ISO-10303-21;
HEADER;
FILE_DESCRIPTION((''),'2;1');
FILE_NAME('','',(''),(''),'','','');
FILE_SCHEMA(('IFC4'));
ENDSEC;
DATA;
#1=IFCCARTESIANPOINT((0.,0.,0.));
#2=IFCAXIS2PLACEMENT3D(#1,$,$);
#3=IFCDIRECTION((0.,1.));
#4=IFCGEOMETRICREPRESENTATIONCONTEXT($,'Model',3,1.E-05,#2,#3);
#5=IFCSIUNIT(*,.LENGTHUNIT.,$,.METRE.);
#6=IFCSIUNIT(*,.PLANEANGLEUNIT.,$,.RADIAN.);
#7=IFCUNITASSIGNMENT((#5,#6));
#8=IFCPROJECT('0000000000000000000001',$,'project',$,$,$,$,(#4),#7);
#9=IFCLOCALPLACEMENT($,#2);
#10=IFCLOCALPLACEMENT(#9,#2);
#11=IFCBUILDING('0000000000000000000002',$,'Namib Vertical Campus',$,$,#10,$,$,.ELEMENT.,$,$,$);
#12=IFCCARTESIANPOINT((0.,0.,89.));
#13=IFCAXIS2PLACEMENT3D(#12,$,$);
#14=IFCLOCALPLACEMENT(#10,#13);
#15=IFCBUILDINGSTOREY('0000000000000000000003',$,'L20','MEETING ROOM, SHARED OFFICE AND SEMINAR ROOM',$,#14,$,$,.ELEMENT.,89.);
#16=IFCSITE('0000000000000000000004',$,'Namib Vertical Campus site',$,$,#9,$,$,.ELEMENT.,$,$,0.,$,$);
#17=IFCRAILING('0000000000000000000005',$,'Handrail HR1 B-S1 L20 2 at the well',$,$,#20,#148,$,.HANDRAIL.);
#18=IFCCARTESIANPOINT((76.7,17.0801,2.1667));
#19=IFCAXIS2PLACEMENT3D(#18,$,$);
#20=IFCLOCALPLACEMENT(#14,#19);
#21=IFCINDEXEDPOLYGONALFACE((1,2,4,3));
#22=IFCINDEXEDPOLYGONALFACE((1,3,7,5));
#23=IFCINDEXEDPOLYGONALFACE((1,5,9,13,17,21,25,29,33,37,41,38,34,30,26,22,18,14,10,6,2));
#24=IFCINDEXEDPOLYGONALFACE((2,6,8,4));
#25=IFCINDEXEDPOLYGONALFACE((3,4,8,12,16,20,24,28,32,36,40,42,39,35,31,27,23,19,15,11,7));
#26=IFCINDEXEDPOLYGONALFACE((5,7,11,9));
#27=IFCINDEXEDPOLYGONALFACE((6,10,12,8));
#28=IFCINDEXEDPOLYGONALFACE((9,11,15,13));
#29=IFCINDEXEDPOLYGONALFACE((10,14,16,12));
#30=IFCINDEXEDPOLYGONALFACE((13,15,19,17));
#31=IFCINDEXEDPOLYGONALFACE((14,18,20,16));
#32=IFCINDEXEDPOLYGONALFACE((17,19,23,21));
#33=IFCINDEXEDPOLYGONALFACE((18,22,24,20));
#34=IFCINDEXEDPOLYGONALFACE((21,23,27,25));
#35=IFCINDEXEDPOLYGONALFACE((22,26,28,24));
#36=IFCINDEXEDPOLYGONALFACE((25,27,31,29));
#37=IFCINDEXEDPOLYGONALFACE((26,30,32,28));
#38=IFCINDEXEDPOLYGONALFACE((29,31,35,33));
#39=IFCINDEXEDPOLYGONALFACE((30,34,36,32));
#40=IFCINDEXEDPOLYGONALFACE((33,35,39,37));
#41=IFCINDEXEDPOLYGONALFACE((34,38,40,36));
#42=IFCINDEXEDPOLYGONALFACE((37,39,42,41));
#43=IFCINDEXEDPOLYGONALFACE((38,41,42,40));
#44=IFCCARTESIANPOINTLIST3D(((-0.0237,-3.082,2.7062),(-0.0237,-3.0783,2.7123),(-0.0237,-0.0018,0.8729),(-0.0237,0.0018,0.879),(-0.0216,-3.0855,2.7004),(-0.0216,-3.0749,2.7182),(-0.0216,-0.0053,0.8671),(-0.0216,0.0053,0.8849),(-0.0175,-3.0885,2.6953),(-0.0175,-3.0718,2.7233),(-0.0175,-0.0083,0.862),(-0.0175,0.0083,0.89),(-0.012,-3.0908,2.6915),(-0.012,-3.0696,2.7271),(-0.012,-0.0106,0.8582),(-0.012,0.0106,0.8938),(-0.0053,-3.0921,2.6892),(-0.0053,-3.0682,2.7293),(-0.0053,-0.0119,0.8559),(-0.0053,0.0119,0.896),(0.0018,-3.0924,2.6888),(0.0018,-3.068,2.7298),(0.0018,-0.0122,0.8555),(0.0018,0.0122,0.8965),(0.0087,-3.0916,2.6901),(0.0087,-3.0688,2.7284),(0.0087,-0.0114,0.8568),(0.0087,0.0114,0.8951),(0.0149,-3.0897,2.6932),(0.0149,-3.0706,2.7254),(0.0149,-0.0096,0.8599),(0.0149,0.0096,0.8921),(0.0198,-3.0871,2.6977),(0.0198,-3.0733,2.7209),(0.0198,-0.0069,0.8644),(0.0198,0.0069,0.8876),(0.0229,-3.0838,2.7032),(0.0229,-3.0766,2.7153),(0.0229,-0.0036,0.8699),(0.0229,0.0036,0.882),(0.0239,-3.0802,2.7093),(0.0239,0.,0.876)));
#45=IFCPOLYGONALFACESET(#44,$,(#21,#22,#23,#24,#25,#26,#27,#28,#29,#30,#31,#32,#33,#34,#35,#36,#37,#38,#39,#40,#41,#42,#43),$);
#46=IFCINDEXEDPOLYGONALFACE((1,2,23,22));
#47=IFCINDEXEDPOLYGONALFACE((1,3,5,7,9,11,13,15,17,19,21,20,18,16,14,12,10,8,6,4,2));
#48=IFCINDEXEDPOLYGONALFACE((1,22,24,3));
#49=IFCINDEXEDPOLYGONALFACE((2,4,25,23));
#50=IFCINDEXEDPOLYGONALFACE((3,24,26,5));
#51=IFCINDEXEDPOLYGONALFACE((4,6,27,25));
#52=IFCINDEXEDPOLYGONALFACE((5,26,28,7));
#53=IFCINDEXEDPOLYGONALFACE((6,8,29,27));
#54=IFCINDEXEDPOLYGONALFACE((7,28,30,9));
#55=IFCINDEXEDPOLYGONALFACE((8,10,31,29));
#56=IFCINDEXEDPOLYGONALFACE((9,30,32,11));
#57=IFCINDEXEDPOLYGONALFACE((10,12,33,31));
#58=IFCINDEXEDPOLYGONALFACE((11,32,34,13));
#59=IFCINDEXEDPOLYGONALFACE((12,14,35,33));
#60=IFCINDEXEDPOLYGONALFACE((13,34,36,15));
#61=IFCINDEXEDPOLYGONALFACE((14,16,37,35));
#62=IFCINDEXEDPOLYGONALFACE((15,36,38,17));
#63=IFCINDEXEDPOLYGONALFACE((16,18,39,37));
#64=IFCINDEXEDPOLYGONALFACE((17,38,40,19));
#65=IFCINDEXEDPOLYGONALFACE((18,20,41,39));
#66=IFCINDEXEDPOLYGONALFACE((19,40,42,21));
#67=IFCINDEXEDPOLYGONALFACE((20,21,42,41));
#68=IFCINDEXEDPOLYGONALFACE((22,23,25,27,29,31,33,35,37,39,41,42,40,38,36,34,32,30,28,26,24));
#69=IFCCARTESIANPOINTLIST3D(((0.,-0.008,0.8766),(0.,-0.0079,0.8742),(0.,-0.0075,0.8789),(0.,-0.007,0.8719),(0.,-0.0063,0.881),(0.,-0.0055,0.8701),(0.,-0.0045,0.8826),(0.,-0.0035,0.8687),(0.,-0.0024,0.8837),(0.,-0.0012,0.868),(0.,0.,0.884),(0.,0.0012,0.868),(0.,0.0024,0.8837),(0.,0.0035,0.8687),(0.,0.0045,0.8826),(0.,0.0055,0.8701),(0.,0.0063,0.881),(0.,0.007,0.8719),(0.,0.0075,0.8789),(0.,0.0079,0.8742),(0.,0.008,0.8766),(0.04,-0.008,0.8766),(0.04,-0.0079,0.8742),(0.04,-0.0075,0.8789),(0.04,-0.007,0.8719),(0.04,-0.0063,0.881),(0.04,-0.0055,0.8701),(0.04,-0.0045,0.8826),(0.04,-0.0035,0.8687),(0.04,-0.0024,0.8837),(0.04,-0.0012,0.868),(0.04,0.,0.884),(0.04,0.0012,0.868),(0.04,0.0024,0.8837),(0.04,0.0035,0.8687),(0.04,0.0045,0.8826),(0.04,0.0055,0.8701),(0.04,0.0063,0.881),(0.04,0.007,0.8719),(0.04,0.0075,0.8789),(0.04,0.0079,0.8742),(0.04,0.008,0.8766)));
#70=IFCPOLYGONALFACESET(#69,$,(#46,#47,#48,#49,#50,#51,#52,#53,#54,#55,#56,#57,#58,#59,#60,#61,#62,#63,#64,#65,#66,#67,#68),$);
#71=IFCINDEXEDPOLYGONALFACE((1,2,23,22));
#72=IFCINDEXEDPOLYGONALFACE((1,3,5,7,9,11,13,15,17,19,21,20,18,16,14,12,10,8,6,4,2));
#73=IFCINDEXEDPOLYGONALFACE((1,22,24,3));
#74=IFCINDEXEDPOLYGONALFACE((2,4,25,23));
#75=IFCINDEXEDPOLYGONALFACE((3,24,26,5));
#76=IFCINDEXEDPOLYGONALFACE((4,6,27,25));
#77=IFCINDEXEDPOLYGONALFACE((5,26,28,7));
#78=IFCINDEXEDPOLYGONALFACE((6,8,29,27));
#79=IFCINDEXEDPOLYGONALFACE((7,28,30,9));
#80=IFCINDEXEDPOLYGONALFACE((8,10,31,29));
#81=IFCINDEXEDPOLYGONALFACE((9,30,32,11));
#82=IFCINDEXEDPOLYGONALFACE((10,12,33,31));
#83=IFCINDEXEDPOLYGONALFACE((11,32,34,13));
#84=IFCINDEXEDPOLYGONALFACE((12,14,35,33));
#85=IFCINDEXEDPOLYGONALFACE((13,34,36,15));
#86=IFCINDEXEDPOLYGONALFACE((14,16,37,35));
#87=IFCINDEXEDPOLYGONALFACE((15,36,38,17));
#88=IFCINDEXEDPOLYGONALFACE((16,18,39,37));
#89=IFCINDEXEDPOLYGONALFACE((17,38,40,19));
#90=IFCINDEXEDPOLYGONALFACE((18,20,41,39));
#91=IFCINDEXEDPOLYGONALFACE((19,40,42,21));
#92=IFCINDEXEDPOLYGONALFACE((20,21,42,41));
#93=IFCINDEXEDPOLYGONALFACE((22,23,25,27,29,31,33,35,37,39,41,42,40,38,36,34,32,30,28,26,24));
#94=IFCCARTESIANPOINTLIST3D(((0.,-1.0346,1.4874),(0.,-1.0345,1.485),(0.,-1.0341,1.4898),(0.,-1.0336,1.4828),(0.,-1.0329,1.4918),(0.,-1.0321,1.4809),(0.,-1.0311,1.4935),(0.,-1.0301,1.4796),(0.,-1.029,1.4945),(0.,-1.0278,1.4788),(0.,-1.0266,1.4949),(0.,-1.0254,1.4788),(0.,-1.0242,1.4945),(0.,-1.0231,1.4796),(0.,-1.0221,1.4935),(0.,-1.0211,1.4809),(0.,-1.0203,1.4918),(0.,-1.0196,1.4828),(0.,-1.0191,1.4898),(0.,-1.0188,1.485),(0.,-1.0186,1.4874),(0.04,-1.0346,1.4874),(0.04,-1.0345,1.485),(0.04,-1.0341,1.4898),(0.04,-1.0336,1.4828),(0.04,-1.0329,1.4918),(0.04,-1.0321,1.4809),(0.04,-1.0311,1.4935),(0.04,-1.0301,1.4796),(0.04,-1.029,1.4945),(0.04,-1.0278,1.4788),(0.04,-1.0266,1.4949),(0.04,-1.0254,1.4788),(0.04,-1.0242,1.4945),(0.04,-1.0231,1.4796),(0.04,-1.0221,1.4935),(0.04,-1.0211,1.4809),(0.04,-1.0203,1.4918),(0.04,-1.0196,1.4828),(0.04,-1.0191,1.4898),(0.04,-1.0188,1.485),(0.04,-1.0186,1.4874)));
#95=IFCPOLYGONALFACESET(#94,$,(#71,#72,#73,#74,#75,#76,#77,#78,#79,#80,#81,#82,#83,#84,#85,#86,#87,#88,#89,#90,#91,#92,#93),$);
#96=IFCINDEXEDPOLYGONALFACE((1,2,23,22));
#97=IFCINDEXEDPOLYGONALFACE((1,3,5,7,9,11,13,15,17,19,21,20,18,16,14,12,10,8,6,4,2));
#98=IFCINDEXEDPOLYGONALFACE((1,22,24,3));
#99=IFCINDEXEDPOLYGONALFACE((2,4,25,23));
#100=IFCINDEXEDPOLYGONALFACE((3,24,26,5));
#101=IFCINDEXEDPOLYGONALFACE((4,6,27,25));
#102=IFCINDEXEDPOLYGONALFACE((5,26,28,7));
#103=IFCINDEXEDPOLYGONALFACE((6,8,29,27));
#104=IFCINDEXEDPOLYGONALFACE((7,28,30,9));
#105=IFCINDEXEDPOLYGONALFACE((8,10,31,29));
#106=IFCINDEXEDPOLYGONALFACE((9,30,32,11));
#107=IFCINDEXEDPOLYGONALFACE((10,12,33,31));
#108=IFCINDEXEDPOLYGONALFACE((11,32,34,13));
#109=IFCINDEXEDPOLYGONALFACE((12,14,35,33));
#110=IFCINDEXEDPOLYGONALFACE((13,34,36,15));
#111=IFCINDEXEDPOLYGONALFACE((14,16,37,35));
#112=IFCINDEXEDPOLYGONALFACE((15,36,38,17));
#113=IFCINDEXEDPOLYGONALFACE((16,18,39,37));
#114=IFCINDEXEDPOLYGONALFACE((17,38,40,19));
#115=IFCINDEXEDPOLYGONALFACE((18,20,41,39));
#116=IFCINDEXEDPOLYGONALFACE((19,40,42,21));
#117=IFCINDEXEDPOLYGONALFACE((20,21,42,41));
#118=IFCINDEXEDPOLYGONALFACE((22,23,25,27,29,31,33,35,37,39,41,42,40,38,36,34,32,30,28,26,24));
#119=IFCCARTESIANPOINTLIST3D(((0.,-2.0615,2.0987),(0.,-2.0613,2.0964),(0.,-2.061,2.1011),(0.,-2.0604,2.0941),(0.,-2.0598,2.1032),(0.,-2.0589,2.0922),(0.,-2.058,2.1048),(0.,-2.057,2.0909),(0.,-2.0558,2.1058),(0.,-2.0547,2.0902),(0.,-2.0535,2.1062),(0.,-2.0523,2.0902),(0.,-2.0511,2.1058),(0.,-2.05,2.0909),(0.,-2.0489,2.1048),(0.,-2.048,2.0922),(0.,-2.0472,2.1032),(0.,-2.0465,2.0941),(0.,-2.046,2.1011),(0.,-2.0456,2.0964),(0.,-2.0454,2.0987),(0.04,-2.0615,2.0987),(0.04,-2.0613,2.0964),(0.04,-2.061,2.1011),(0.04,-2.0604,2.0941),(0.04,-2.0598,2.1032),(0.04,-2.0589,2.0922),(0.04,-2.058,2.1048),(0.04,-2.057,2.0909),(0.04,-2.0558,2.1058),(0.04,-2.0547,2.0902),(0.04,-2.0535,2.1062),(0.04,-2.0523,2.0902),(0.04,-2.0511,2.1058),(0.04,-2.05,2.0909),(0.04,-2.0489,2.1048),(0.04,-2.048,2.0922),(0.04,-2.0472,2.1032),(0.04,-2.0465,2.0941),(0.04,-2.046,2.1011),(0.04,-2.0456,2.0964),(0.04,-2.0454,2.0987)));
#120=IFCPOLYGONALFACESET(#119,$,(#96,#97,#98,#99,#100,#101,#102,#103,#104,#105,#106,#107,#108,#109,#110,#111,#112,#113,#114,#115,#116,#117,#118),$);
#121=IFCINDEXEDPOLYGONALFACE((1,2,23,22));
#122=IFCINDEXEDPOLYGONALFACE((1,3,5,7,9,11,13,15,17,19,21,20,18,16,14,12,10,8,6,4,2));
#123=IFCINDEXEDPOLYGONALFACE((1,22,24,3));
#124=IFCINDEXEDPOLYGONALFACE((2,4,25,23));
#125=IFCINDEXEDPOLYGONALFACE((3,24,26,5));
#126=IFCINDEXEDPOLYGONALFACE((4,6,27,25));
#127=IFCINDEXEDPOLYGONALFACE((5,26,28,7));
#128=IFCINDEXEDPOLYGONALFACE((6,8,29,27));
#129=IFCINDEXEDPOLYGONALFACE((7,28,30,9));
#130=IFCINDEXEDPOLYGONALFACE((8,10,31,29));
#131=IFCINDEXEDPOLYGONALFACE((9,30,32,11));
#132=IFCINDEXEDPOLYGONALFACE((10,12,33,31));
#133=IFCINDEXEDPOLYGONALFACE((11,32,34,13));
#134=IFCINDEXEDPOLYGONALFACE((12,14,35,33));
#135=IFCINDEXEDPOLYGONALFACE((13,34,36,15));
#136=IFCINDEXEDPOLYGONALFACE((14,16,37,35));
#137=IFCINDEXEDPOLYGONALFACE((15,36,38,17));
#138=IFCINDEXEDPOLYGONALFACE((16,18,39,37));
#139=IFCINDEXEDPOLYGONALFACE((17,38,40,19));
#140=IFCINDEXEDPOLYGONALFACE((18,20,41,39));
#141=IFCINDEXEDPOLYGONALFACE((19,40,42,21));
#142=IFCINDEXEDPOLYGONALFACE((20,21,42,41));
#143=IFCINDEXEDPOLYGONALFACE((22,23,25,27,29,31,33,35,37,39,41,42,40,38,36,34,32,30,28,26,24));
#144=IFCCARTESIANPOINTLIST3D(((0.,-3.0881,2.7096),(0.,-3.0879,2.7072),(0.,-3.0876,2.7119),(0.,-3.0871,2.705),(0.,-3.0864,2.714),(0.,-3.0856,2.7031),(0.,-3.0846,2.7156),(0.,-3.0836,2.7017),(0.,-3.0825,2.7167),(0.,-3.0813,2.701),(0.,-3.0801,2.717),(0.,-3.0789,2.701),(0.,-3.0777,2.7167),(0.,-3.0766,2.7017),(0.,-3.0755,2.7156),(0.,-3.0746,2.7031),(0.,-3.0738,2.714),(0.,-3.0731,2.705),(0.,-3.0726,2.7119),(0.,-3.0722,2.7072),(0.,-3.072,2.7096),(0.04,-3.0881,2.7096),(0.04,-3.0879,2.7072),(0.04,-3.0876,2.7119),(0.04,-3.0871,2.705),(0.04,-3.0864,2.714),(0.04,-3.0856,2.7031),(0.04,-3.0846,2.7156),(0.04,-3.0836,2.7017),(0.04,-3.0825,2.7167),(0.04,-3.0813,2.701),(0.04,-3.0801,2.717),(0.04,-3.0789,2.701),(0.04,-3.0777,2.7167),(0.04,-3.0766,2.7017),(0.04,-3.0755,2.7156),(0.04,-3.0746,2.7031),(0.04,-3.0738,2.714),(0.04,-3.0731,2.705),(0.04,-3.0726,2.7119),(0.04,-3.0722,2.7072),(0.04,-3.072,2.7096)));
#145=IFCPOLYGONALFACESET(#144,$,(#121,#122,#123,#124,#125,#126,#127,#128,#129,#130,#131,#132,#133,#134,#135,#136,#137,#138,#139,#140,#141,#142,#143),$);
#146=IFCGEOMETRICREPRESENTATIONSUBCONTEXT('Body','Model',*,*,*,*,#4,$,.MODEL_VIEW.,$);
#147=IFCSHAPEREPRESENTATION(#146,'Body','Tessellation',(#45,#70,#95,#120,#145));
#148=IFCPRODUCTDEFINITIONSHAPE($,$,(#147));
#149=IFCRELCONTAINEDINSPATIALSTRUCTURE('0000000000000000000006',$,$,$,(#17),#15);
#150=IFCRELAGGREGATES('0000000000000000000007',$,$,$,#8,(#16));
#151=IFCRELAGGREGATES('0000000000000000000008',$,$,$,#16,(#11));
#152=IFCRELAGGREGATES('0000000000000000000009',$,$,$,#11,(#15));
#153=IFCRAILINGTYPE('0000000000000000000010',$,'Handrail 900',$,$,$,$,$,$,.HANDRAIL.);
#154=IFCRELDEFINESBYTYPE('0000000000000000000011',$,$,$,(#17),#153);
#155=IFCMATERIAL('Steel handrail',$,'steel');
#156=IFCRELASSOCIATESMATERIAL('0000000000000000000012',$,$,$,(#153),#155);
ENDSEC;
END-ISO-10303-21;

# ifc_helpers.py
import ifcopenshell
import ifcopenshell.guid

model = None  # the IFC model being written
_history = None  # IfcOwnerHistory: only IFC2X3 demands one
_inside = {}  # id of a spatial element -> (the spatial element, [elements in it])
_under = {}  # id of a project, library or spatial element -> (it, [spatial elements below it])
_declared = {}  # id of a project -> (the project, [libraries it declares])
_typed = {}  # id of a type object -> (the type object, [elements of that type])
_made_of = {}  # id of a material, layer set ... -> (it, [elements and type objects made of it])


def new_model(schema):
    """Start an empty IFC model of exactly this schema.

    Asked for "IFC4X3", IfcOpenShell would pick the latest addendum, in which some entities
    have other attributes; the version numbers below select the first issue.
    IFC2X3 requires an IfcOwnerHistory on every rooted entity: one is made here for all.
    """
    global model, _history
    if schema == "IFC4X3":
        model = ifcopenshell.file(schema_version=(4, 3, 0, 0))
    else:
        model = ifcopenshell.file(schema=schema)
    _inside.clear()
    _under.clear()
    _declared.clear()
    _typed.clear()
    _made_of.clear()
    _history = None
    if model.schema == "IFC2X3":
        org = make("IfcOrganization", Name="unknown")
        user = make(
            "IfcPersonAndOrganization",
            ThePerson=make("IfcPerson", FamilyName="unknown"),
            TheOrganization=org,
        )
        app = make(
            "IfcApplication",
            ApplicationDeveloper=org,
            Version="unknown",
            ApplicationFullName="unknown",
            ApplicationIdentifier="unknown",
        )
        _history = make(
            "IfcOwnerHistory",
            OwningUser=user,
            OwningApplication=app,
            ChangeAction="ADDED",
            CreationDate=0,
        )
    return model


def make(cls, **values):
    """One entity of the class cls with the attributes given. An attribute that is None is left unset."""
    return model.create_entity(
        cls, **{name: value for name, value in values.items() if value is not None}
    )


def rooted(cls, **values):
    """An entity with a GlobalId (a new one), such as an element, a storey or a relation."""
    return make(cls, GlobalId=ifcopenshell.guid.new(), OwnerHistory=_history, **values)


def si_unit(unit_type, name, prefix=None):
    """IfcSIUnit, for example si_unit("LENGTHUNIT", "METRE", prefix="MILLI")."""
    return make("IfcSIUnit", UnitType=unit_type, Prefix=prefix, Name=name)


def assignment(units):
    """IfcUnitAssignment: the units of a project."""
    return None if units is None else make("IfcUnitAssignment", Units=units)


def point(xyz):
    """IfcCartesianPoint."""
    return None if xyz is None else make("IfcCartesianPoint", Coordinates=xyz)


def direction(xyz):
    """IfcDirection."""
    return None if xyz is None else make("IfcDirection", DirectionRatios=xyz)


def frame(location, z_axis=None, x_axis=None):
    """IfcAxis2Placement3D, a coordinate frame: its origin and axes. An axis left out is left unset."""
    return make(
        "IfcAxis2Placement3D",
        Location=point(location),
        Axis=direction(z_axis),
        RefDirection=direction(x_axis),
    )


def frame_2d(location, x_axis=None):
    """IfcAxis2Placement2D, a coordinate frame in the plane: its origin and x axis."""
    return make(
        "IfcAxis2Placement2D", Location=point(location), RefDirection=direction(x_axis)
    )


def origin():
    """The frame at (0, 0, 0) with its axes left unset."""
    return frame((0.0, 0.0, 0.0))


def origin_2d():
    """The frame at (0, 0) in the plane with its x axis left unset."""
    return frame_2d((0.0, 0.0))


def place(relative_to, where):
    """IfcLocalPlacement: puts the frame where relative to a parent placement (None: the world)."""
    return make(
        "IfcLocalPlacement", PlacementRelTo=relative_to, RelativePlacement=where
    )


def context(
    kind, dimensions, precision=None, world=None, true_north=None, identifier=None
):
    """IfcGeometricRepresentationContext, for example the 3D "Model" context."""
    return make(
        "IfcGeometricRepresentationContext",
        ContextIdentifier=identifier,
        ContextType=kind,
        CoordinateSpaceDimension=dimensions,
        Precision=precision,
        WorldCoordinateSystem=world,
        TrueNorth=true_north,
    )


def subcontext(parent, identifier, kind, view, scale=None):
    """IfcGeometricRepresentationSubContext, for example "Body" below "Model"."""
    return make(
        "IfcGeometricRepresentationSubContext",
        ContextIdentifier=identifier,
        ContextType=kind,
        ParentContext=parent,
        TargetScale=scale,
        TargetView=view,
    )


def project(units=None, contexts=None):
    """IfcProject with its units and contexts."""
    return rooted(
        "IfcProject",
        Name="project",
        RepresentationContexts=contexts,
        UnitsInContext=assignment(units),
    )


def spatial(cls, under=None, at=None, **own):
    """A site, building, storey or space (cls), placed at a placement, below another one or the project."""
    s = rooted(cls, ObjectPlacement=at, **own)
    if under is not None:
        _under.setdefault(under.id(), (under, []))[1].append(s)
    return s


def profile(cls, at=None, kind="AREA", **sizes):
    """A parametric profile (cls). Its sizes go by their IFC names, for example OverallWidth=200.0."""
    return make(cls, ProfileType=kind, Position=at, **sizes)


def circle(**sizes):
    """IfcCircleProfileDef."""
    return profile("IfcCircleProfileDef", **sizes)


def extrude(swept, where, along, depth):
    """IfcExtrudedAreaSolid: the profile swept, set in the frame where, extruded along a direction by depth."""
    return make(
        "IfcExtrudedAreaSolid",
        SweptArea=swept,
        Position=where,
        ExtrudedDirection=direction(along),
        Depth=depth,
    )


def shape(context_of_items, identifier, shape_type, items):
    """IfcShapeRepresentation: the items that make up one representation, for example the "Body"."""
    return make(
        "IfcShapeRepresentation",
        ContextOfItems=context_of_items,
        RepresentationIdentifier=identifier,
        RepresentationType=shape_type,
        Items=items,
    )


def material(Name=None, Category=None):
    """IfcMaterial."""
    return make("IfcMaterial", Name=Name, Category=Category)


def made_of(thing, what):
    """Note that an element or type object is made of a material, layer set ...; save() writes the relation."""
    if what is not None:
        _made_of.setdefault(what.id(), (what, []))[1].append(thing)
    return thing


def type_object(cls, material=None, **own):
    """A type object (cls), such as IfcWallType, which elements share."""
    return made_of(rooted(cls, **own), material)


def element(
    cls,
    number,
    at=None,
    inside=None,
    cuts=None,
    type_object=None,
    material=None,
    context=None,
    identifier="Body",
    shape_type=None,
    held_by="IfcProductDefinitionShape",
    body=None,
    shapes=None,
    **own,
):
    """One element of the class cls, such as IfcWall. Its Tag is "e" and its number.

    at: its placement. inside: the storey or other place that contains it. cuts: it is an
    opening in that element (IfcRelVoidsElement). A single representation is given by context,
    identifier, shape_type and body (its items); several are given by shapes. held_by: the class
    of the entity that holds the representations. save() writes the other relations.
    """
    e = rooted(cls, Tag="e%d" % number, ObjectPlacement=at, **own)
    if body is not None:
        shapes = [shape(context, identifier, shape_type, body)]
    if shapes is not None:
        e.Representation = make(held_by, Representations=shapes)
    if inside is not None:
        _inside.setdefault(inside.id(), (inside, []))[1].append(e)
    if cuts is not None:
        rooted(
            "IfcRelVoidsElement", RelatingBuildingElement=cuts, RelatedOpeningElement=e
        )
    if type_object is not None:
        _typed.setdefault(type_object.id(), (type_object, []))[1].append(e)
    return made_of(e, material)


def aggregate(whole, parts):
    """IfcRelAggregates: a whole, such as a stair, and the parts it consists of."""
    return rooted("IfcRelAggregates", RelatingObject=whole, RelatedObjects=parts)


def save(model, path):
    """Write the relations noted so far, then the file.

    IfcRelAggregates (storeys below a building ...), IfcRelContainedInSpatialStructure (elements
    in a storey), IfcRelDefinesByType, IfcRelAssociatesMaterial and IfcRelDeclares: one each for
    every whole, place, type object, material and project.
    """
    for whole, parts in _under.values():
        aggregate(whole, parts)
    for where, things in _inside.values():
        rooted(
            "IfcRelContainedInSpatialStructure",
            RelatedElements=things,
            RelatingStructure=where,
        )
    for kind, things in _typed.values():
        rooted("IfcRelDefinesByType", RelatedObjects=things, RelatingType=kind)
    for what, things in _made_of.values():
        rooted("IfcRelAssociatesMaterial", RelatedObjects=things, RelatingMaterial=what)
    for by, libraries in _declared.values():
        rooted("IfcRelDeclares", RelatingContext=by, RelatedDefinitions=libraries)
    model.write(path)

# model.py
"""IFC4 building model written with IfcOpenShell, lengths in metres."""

from ifc_helpers import new_model, si_unit, direction, frame, origin, origin_2d, place, context, subcontext, project, spatial, circle, extrude, material, type_object, element, save


model = new_model("IFC4")

# Units and contexts
model_context = context("Model", 3, precision=1e-05, world=origin(), true_north=direction((0.0, 1.0)))
body_context = subcontext(model_context, "Body", "Model", "MODEL_VIEW")
ifc_project = project(units=[si_unit("LENGTHUNIT", "METRE"), si_unit("PLANEANGLEUNIT", "RADIAN")], contexts=[model_context])

# Site, building, storey
site_placement = place(None, origin())
site = spatial("IfcSite", under=ifc_project, at=site_placement, Name="Namib Vertical Campus site", CompositionType="ELEMENT", RefElevation=0.0)
building_placement = place(site_placement, origin())
building = spatial("IfcBuilding", under=site, at=building_placement, Name="Namib Vertical Campus", CompositionType="ELEMENT")
storey_placement = place(building_placement, frame((0.0, 0.0, 89.0)))
storey = spatial("IfcBuildingStorey", under=building, at=storey_placement, Name="L20", Description="MEETING ROOM, SHARED OFFICE AND SEMINAR ROOM", CompositionType="ELEMENT", Elevation=89.0)

# Railing
ifc_material_1 = material(Name="Steel handrail", Category="steel")
railing_type = type_object("IfcRailingType", Name="Handrail 900", PredefinedType="HANDRAIL", material=ifc_material_1)
railing_1_placement = place(storey_placement, frame((76.7, 17.0801, 2.1667)))
element("IfcRailing", 1, at=railing_1_placement, inside=storey, type_object=railing_type, Name="Handrail HR1 B-S1 L20 2 at the well", PredefinedType="HANDRAIL", context=body_context, shape_type="SweptSolid", body=[
    extrude(circle(Radius=0.0239, at=origin_2d()), frame((0.0, 0.0, 0.876), z_axis=(0.0, -0.859309, 0.511458), x_axis=(1.0, 0.0, 0.0)), (0.0, 0.0, 1.0), 3.5845),
    extrude(circle(Radius=0.0081, at=origin_2d()), frame((0.0, 0.0, 0.876), z_axis=(1.0, 0.0, 0.0), x_axis=(0.0, 0.0, 1.0)), (0.0, 0.0, 1.0), 0.04),
    extrude(circle(Radius=0.0081, at=origin_2d()), frame((0.0, -1.0266, 1.4868), z_axis=(1.0, 0.0, 0.0), x_axis=(0.0, 0.0, 1.0)), (0.0, 0.0, 1.0), 0.04),
    extrude(circle(Radius=0.0081, at=origin_2d()), frame((0.0, -2.0535, 2.0981), z_axis=(1.0, 0.0, 0.0), x_axis=(0.0, 0.0, 1.0)), (0.0, 0.0, 1.0), 0.04),
    extrude(circle(Radius=0.0081, at=origin_2d()), frame((0.0, -3.0801, 2.709), z_axis=(1.0, 0.0, 0.0), x_axis=(0.0, 0.0, 1.0)), (0.0, 0.0, 1.0), 0.04),
])

save(model, "model.ifc")
